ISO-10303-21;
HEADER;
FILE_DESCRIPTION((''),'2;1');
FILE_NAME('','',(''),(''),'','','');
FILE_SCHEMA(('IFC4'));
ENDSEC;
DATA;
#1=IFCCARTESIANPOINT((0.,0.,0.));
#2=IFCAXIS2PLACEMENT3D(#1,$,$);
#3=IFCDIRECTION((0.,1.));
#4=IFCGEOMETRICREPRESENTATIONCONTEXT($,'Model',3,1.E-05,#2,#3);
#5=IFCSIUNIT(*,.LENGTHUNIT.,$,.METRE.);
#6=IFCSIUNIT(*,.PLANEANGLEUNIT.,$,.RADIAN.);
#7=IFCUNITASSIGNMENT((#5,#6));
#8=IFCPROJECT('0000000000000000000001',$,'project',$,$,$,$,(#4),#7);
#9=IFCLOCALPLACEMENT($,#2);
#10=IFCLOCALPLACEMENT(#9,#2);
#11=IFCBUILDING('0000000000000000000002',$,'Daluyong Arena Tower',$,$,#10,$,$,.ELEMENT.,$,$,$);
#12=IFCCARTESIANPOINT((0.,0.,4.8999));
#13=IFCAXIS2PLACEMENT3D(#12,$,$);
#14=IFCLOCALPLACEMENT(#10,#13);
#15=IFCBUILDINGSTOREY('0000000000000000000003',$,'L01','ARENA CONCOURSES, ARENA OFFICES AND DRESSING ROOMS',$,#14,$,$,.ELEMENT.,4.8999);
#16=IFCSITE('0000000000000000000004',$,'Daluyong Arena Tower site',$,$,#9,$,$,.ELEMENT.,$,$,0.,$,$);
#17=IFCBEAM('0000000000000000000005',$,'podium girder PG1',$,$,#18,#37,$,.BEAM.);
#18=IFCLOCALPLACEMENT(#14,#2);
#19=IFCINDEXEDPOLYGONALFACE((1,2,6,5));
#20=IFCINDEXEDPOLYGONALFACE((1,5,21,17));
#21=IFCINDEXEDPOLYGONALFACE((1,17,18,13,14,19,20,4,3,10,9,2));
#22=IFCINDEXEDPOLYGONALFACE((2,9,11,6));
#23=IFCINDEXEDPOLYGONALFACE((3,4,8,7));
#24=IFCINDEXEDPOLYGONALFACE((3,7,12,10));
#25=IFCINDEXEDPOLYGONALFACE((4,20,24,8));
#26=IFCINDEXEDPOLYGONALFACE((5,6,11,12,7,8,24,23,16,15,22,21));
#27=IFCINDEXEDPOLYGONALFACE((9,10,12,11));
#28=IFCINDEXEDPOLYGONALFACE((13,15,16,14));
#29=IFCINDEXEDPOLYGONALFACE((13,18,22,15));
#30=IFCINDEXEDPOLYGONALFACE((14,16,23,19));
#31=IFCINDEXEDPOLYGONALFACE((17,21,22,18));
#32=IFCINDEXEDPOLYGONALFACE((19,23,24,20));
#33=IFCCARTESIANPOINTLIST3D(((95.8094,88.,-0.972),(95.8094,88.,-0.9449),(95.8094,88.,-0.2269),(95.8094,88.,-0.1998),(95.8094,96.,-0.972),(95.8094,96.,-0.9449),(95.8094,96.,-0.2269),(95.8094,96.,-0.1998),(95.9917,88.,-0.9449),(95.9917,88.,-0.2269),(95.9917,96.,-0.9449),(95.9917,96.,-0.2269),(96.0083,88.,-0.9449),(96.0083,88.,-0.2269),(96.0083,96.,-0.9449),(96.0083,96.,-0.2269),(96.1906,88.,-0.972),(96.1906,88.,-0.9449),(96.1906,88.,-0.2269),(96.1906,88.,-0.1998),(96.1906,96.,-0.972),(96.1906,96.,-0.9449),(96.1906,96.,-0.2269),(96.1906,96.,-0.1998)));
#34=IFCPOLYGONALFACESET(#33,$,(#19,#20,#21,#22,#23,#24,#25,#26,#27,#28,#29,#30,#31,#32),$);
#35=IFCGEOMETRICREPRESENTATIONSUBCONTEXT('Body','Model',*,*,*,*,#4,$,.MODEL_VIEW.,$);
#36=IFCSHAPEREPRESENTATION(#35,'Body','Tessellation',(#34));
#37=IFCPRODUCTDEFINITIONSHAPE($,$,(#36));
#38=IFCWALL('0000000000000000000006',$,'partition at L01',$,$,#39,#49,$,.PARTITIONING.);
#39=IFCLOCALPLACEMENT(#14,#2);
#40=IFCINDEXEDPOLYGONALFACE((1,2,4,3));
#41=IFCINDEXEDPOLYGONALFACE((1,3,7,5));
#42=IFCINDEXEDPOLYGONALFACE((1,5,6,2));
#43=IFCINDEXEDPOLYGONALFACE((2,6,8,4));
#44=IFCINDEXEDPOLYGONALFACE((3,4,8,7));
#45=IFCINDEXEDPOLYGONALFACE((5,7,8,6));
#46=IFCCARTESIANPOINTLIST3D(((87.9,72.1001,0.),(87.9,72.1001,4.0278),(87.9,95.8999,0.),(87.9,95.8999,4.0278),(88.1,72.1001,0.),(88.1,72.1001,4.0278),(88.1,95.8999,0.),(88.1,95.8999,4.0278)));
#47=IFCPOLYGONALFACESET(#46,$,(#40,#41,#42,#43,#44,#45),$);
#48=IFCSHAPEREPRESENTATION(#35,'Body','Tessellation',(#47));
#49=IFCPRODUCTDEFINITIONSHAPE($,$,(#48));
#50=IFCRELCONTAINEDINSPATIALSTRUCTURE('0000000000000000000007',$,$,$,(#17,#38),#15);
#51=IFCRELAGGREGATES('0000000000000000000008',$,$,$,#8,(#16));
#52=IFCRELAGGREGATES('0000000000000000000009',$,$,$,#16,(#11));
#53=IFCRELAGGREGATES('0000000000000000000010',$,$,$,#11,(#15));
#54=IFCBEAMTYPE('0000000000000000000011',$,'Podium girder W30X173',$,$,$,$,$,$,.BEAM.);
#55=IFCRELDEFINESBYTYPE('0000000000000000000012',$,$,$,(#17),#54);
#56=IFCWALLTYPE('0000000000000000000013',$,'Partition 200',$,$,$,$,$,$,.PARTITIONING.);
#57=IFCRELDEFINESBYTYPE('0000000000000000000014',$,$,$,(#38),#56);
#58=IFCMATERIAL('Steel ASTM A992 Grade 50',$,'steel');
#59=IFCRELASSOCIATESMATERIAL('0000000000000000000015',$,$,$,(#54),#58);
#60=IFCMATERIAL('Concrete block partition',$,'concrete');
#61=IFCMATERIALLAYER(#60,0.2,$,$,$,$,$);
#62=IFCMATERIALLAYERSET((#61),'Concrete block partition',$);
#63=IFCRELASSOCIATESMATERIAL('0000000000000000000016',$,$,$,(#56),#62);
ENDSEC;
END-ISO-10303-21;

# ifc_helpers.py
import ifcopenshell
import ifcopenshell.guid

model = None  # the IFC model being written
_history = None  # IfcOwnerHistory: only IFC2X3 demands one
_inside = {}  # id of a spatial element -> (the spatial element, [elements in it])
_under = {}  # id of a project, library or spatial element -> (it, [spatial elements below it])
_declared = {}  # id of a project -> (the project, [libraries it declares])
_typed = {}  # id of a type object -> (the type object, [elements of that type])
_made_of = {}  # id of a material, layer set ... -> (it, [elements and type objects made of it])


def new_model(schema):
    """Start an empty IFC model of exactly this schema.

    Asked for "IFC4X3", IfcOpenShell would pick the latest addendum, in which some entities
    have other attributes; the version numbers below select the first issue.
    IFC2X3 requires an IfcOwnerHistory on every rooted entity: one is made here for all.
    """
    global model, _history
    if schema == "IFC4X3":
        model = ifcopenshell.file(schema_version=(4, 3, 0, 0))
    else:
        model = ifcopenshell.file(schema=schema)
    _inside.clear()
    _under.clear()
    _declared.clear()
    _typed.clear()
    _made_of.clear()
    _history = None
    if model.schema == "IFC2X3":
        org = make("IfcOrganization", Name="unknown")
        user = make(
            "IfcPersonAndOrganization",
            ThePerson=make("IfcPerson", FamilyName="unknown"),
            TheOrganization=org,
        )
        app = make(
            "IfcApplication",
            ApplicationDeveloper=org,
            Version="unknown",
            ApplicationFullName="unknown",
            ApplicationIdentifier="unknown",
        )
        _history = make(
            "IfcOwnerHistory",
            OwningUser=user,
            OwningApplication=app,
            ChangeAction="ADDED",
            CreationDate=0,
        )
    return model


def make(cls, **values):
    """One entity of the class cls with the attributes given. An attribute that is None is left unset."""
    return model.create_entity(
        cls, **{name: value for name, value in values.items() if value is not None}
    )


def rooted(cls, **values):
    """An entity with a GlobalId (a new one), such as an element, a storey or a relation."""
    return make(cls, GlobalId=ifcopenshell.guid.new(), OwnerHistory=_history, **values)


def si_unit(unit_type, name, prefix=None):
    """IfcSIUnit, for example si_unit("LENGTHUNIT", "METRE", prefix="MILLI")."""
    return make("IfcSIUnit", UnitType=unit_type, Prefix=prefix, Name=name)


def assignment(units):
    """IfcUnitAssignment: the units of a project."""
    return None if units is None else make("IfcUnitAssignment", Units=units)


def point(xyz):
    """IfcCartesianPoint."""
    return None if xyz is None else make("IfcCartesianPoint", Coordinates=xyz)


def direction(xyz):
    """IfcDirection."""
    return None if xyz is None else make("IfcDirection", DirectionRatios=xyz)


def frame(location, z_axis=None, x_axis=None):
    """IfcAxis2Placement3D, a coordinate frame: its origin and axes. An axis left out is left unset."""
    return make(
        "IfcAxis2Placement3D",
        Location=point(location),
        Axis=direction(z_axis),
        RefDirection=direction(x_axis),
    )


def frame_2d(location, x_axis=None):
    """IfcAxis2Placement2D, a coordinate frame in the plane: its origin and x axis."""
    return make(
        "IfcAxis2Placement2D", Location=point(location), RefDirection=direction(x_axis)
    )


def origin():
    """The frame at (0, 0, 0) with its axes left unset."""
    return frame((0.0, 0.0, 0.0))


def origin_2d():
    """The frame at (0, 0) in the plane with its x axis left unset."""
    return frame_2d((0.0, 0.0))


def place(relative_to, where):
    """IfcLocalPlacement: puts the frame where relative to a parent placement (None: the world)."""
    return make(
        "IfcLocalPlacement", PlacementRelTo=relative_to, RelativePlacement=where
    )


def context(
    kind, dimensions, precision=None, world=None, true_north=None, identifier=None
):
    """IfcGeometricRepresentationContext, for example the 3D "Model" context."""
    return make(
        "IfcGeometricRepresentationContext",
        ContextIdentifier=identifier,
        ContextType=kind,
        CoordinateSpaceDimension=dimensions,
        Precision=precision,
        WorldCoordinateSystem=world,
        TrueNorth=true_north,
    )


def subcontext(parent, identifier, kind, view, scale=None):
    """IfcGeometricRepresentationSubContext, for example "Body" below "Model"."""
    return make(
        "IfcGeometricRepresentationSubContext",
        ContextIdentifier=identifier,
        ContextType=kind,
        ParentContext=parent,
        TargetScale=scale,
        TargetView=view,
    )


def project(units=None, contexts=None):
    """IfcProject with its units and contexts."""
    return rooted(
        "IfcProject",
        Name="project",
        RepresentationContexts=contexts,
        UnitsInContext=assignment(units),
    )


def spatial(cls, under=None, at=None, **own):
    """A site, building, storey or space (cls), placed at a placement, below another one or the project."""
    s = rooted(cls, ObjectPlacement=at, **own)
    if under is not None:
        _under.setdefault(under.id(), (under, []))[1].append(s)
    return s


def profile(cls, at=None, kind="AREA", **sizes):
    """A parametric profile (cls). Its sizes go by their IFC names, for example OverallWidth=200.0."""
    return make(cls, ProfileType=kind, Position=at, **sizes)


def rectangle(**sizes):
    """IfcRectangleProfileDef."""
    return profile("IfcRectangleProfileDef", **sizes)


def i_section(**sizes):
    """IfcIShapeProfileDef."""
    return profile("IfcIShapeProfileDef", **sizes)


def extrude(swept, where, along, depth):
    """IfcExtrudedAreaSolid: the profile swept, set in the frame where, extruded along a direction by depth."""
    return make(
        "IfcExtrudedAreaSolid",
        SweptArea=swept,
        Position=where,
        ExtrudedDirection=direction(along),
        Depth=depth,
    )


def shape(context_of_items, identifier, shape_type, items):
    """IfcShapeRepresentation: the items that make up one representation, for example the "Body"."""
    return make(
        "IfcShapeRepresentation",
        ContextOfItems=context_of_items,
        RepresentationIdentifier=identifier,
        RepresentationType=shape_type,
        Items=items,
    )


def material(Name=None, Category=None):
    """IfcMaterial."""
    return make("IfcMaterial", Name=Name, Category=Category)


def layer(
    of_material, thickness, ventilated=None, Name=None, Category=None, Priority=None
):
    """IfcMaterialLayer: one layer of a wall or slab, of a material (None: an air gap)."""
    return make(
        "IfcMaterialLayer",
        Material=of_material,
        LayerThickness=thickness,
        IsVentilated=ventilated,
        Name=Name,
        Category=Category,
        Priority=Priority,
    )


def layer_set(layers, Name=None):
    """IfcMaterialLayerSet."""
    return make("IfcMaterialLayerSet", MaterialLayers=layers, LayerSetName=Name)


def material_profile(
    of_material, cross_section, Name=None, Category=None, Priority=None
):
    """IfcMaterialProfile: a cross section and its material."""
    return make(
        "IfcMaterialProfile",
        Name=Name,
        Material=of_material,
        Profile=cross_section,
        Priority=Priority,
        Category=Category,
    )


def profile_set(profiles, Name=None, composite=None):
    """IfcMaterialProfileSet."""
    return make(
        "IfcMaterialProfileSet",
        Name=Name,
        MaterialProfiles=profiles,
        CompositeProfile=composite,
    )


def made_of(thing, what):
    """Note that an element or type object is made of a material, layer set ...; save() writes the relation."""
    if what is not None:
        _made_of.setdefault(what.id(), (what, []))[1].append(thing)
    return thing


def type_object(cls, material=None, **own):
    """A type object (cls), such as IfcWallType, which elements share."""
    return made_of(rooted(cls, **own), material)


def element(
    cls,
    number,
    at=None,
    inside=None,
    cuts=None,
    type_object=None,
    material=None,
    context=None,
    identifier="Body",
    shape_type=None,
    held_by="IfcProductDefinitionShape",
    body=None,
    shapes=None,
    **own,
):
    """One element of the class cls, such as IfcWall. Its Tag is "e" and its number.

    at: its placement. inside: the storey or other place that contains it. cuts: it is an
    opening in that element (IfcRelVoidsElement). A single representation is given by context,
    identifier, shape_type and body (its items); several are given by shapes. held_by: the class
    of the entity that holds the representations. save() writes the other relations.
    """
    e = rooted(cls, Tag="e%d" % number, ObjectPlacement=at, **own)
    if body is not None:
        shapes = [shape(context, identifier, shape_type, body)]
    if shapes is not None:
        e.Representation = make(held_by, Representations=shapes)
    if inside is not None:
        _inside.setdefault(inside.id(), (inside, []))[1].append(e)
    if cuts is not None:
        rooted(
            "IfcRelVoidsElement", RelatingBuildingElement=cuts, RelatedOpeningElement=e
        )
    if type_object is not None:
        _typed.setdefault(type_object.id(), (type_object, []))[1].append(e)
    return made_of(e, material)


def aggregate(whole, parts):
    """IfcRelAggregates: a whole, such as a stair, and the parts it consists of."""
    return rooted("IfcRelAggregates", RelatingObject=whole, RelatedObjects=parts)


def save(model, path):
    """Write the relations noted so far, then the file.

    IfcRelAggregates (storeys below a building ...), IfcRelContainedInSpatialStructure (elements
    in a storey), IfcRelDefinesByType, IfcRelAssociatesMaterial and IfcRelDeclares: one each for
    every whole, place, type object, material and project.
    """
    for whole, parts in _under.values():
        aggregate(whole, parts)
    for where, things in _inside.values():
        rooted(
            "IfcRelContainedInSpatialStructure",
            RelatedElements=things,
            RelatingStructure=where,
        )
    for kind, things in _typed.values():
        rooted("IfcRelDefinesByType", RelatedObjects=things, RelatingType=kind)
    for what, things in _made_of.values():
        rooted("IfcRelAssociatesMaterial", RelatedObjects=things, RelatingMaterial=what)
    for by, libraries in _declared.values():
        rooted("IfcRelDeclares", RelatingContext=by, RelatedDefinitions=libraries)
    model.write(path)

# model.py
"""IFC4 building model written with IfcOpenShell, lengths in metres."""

from ifc_helpers import new_model, si_unit, direction, frame, frame_2d, origin, origin_2d, place, context, subcontext, project, spatial, rectangle, i_section, extrude, material, layer, layer_set, material_profile, profile_set, type_object, element, save


model = new_model("IFC4")

# Units and contexts
model_context = context("Model", 3, precision=1e-05, world=origin(), true_north=direction((0.0, 1.0)))
body_context = subcontext(model_context, "Body", "Model", "MODEL_VIEW")
ifc_project = project(units=[si_unit("LENGTHUNIT", "METRE"), si_unit("PLANEANGLEUNIT", "RADIAN")], contexts=[model_context])

# Site, building, storey
site_placement = place(None, origin())
site = spatial("IfcSite", under=ifc_project, at=site_placement, Name="Daluyong Arena Tower site", CompositionType="ELEMENT", RefElevation=0.0)
building_placement = place(site_placement, origin())
building = spatial("IfcBuilding", under=site, at=building_placement, Name="Daluyong Arena Tower", CompositionType="ELEMENT")
storey_placement = place(building_placement, frame((0.0, 0.0, 4.8999)))
storey = spatial("IfcBuildingStorey", under=building, at=storey_placement, Name="L01", Description="ARENA CONCOURSES, ARENA OFFICES AND DRESSING ROOMS", CompositionType="ELEMENT", Elevation=4.8999)

# Beam
ifc_material_1 = material(Name="Steel ASTM A992 Grade 50", Category="steel")
ifc_material_profile_1 = material_profile(ifc_material_1, i_section(OverallWidth=0.3811, OverallDepth=0.7722, WebThickness=0.0166, FlangeThickness=0.0271, at=origin_2d()))
ifc_profile_set_1 = profile_set([ifc_material_profile_1], Name="Steel ASTM A992 Grade 50")
beam_type_1 = type_object("IfcBeamType", Name="Podium girder W30X173", PredefinedType="BEAM", material=ifc_profile_set_1)
for number, where, z_axis, x_axis, name in (
    (1, (96.0, 88.0, -0.5859), (0.0, 1.0, 0.0), (-1.0, 0.0, 0.0), "podium girder PG1"),
):
    element("IfcBeam", number, at=place(storey_placement, frame(where, z_axis=z_axis, x_axis=x_axis)), inside=storey, type_object=beam_type_1, Name=name, PredefinedType="BEAM", context=body_context, shape_type="SweptSolid", body=[
        extrude(i_section(OverallWidth=0.3811, OverallDepth=0.7722, WebThickness=0.0166, FlangeThickness=0.0271, at=origin_2d()), origin(), (0.0, 0.0, 1.0), 8.0),
    ])

# Wall
ifc_material_2 = material(Name="Concrete block partition", Category="concrete")
ifc_layer = layer(ifc_material_2, 0.2)
ifc_layer_set = layer_set([ifc_layer], Name="Concrete block partition")
wall_type = type_object("IfcWallType", Name="Partition 200", PredefinedType="PARTITIONING", material=ifc_layer_set)
wall_placement = place(storey_placement, frame((88.0, 72.1001, 0.0), z_axis=(0.0, 0.0, 1.0), x_axis=(0.0, 1.0, 0.0)))
element("IfcWall", 2, at=wall_placement, inside=storey, type_object=wall_type, Name="partition at L01", PredefinedType="PARTITIONING", context=body_context, shape_type="SweptSolid", body=[
    extrude(rectangle(XDim=23.7998, YDim=0.2, at=frame_2d((11.8999, 0.0))), origin(), (0.0, 0.0, 1.0), 4.0278),
])

save(model, "model.ifc")
